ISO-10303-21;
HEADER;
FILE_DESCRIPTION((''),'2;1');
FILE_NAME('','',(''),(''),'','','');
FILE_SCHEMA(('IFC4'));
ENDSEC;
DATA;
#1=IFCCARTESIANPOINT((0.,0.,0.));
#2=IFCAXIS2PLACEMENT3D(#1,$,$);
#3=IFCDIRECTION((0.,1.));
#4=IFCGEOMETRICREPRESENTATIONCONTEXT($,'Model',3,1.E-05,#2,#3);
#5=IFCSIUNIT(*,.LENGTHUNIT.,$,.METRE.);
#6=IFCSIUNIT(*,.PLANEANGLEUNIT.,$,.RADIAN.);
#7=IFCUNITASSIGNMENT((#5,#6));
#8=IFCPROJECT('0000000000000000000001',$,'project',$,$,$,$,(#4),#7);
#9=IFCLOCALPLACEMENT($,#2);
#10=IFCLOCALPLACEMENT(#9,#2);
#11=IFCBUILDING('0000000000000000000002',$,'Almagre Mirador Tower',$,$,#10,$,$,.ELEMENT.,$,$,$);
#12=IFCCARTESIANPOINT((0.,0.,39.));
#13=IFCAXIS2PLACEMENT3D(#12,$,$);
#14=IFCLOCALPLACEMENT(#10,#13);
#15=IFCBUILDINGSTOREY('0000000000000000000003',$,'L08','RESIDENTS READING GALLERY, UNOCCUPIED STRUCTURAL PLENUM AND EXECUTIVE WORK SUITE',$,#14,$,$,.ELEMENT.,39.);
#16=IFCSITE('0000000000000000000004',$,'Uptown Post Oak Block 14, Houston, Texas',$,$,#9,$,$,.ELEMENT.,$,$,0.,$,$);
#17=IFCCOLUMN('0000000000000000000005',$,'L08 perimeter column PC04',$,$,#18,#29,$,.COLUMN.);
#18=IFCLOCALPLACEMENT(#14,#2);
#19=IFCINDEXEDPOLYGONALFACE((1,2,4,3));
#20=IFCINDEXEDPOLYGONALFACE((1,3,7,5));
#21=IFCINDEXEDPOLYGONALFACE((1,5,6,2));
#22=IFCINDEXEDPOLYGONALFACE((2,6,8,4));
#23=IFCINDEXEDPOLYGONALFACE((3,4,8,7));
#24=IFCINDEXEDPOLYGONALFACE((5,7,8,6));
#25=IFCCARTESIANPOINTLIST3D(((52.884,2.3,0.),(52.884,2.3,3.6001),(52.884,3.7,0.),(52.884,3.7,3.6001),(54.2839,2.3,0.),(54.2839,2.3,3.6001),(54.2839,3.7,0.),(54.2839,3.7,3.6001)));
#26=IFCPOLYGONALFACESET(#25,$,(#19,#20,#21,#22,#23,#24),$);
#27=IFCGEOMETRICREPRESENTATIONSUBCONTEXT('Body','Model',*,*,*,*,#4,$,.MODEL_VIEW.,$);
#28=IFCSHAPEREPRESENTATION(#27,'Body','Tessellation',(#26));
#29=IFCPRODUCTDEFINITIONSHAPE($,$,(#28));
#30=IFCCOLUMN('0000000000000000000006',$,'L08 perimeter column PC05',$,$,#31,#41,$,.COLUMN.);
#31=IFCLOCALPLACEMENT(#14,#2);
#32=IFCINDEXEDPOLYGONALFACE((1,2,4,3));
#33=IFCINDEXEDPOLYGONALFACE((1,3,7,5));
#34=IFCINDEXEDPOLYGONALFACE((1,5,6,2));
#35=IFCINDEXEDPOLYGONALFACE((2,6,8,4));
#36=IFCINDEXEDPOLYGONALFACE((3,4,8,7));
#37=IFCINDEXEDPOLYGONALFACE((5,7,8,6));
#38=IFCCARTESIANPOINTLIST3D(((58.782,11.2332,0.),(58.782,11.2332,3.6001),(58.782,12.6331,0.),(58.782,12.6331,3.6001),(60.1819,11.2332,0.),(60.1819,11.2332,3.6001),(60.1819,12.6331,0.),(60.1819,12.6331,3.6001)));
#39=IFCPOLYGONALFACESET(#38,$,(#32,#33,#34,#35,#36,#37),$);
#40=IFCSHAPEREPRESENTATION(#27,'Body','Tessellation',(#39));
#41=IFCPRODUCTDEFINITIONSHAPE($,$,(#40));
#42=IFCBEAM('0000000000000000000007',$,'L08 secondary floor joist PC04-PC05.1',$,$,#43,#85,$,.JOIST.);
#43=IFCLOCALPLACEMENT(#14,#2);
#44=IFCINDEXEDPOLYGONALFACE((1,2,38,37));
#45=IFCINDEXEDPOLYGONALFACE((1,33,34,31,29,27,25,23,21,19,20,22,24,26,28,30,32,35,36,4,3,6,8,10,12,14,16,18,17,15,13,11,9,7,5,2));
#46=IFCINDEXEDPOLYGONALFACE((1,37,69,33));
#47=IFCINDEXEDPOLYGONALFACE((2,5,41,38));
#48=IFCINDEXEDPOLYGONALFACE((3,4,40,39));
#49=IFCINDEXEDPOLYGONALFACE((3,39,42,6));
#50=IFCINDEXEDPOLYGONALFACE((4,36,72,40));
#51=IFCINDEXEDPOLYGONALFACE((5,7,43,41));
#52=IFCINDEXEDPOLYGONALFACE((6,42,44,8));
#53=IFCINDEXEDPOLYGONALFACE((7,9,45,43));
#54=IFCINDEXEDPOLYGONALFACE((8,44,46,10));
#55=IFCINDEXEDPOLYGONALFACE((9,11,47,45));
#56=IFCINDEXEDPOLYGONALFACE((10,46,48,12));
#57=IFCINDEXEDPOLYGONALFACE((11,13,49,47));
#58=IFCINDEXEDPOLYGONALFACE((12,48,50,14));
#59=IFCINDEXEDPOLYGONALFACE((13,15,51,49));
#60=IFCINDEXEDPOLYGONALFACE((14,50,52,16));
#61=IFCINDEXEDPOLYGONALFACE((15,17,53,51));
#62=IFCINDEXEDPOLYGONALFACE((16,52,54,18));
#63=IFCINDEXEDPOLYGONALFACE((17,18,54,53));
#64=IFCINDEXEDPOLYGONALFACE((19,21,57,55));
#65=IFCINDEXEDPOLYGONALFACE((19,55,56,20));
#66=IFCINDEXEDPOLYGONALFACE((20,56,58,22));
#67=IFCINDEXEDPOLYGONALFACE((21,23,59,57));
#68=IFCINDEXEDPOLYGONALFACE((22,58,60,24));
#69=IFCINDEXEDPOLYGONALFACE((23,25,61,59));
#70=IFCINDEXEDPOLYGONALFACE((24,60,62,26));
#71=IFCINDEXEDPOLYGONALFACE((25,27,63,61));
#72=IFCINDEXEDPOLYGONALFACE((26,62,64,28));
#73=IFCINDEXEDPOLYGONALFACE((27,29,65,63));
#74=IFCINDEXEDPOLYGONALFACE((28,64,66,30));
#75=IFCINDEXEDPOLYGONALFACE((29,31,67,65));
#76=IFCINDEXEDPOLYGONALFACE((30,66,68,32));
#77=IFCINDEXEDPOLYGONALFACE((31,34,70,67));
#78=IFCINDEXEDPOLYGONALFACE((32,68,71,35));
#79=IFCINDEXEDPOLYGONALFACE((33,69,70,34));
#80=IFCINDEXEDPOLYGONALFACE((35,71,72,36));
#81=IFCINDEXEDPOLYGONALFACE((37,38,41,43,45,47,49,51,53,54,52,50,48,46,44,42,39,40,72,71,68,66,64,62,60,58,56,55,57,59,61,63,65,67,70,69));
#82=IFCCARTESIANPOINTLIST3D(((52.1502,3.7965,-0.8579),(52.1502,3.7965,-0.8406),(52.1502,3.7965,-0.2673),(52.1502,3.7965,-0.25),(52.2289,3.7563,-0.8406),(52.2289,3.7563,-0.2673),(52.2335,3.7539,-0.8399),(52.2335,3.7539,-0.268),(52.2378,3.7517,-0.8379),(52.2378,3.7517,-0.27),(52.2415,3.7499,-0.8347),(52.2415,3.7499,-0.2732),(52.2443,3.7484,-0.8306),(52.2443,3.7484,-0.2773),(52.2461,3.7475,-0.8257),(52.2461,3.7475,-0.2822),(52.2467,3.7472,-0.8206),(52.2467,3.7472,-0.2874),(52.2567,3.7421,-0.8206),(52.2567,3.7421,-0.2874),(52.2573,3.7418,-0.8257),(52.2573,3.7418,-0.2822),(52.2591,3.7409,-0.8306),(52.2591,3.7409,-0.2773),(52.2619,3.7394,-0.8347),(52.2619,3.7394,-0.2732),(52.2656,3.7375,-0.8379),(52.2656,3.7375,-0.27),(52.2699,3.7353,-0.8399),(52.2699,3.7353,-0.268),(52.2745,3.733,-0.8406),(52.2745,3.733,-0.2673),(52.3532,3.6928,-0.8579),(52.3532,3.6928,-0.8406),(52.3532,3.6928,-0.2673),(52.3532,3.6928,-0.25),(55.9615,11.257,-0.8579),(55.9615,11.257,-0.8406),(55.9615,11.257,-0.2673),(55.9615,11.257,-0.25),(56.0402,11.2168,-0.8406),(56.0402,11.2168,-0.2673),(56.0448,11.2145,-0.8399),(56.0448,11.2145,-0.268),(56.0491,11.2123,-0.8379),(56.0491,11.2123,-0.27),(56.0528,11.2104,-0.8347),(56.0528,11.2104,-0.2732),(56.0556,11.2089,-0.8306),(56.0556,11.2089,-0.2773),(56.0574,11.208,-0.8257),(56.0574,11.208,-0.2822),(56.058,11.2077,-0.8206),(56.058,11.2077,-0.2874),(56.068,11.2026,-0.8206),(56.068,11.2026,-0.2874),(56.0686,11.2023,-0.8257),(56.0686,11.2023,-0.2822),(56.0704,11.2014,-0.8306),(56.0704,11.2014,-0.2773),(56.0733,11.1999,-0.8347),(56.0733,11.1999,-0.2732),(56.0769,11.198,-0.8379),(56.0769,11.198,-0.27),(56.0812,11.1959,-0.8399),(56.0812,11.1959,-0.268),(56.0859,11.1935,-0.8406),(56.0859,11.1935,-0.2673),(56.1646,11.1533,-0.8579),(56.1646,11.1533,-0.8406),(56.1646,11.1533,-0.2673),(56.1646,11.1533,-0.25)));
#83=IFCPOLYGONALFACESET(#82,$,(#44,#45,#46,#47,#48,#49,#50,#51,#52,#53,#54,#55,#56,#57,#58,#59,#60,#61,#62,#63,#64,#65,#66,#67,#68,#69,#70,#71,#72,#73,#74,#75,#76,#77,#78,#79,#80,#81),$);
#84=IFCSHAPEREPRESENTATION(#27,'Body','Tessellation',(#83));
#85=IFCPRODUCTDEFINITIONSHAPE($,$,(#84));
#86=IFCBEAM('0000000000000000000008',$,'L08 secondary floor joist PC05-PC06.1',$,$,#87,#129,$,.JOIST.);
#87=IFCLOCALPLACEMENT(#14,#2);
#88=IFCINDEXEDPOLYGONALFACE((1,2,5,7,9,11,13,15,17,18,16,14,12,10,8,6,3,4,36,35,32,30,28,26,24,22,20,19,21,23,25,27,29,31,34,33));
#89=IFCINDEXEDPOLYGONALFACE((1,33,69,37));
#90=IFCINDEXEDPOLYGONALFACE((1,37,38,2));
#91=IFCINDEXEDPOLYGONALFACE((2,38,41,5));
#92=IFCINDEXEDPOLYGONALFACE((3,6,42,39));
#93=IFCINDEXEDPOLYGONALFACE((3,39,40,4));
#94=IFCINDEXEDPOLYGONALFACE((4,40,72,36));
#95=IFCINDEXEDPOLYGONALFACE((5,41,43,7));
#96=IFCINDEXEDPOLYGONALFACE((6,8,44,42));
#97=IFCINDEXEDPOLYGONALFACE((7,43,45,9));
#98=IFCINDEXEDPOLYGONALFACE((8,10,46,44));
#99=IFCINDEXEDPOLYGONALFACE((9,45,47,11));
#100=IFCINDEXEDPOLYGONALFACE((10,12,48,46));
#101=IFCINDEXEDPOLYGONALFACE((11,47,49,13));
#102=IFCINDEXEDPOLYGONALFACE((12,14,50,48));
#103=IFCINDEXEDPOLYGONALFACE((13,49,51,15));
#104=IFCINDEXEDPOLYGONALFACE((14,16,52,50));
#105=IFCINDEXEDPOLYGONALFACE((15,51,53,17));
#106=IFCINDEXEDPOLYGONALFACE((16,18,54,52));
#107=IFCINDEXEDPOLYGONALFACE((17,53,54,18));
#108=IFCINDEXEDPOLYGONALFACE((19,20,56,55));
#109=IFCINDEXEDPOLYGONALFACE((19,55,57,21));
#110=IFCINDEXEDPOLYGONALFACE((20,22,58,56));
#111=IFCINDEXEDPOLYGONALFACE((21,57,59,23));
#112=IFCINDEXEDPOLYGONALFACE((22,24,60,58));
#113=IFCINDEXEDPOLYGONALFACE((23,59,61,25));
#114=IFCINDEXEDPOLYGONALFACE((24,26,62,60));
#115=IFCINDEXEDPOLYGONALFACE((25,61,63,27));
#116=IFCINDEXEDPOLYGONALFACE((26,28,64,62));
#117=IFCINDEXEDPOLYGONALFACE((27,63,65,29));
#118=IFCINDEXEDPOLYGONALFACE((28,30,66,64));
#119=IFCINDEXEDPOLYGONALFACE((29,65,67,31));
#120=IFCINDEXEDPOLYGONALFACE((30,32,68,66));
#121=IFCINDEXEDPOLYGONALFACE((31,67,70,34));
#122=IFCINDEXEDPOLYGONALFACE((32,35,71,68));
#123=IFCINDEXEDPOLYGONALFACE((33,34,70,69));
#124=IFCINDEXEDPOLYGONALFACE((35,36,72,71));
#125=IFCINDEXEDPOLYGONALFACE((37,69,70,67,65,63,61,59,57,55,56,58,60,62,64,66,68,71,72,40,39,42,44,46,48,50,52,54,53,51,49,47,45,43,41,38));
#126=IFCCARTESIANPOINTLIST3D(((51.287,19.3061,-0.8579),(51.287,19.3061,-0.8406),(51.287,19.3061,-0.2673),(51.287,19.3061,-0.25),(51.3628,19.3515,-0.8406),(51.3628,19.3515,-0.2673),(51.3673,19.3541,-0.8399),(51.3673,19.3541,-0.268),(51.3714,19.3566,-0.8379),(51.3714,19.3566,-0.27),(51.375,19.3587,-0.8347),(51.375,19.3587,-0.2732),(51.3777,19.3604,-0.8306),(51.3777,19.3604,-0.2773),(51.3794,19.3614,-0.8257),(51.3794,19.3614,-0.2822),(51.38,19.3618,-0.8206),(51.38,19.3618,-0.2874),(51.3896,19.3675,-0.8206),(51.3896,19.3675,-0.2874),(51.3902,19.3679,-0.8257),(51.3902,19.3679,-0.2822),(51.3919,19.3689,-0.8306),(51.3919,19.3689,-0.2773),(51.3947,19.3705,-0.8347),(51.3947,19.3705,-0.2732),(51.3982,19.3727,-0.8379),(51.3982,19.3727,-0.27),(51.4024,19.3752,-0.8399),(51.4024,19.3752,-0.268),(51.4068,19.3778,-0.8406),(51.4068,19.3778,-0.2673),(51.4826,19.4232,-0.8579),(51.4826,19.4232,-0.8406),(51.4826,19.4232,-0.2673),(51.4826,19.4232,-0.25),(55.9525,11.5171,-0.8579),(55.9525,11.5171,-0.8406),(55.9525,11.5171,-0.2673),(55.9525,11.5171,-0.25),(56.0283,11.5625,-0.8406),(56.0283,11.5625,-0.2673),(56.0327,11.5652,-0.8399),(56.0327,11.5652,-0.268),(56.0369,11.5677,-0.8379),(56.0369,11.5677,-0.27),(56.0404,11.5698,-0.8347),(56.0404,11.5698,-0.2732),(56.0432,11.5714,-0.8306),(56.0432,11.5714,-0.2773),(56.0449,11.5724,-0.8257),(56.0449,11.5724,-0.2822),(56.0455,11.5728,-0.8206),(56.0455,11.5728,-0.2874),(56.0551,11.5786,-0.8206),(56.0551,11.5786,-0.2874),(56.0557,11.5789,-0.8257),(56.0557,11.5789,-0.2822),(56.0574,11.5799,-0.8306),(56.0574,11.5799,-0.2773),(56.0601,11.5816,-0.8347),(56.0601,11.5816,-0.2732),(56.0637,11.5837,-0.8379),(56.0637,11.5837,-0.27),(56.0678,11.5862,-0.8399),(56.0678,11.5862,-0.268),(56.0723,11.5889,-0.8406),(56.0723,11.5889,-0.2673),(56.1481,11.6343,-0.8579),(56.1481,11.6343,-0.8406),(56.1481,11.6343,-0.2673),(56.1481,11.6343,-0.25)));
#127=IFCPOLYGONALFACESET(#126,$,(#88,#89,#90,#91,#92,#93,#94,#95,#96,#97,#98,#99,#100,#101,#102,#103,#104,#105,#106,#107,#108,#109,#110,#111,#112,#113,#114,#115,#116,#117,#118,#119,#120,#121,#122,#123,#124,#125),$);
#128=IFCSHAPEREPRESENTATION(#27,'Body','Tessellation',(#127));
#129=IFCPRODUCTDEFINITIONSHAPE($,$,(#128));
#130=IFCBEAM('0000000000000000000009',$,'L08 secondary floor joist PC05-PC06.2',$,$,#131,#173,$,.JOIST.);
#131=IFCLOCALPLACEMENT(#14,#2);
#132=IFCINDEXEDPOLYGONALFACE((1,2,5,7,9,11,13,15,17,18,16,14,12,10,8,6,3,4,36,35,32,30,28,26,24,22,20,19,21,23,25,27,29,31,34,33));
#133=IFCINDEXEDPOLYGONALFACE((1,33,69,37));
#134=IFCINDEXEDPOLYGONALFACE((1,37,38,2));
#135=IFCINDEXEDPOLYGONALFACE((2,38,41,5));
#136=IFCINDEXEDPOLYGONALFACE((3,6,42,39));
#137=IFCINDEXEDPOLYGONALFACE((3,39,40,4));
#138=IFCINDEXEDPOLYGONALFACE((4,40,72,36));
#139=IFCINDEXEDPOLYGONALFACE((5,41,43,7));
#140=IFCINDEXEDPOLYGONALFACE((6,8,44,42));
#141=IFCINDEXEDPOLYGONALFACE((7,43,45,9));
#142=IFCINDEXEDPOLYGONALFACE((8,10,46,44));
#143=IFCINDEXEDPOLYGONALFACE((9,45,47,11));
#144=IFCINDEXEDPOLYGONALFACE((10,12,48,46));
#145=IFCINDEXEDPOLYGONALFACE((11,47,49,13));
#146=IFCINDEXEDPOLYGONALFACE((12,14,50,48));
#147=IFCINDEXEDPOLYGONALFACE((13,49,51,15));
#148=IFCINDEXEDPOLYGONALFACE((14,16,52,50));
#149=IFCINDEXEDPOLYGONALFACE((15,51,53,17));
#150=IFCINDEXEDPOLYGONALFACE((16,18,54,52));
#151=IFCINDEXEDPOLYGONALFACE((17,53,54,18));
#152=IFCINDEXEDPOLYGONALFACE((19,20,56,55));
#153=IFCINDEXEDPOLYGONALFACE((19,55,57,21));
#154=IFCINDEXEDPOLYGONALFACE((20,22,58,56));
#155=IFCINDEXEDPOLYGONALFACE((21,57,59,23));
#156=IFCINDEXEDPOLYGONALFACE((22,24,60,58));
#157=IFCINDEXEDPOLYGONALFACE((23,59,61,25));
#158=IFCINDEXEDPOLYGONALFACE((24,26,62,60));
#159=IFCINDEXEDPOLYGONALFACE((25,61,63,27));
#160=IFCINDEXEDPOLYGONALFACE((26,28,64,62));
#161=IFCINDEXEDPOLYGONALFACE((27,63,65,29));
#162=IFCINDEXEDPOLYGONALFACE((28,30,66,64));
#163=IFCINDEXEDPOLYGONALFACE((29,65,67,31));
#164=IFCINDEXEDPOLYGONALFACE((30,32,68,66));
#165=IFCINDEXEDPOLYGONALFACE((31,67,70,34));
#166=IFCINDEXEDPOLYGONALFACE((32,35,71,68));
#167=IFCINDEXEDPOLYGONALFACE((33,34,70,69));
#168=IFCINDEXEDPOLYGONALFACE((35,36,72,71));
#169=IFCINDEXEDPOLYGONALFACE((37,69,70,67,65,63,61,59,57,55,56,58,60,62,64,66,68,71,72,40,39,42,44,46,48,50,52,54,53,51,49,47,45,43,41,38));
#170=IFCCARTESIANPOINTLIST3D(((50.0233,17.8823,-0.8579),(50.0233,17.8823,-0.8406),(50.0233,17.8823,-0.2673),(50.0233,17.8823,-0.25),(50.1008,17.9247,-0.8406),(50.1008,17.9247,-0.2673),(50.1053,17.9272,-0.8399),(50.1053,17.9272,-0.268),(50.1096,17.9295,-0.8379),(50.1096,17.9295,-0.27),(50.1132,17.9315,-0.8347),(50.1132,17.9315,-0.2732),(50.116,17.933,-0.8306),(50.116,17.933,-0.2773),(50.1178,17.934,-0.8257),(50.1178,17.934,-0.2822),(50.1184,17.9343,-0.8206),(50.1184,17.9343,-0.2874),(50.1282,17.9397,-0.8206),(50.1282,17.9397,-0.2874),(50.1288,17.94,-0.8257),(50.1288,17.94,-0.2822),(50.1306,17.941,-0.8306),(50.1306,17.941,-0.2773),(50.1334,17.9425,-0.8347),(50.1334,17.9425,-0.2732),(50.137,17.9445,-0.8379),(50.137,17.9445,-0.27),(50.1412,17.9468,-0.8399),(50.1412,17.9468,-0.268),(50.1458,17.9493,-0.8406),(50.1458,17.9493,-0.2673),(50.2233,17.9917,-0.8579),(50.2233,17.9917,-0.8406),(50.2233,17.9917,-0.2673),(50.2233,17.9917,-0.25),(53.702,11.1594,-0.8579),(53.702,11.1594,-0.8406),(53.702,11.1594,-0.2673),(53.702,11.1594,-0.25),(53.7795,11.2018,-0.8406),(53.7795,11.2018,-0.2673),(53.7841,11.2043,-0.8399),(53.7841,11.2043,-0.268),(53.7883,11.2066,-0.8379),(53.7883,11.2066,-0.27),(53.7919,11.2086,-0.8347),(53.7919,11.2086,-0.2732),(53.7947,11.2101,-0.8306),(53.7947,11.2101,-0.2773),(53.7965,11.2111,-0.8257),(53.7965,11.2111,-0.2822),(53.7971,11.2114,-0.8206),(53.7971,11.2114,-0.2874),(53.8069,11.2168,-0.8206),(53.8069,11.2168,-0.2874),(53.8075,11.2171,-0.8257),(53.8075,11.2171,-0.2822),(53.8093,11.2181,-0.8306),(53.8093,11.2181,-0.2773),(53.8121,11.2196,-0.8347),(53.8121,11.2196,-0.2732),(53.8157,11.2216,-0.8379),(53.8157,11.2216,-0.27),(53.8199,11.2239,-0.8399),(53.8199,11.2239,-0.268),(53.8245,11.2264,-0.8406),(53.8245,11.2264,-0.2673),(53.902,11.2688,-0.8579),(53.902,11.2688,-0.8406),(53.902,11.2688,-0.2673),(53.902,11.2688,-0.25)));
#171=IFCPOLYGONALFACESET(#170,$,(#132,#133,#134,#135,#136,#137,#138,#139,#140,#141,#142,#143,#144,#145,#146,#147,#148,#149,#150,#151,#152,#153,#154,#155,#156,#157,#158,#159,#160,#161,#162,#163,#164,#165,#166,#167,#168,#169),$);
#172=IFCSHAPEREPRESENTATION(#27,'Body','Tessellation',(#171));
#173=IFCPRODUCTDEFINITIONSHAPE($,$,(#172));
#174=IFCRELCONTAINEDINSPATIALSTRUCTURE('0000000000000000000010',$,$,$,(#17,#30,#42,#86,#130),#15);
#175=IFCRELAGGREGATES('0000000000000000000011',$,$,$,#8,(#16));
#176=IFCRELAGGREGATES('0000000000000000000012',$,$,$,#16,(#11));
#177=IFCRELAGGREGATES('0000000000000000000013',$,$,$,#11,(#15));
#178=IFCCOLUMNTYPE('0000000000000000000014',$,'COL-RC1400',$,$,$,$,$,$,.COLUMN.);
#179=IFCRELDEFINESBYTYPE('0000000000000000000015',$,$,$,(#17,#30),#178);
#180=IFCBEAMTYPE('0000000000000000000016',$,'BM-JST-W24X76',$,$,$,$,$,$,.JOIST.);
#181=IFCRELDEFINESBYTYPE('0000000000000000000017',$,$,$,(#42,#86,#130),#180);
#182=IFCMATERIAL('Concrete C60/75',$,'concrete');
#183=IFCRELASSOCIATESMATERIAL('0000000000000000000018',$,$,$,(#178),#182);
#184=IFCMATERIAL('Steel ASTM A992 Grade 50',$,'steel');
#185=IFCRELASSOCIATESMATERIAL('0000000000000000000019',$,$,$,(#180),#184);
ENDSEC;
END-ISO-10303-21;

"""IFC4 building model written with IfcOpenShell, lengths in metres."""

from ifc_helpers import new_model, si_unit, direction, frame, origin, origin_2d, place, context, subcontext, project, spatial, rectangle, i_section, extrude, material, material_profile, profile_set, type_object, element, save


model = new_model("IFC4")

# Units and contexts
model_context = context("Model", 3, precision=1e-05, world=origin(), true_north=direction((0.0, 1.0)))
body_context = subcontext(model_context, "Body", "Model", "MODEL_VIEW")
ifc_project = project(units=[si_unit("LENGTHUNIT", "METRE"), si_unit("PLANEANGLEUNIT", "RADIAN")], contexts=[model_context])

# Site, building, storey
site_placement = place(None, origin())
site = spatial("IfcSite", under=ifc_project, at=site_placement, Name="Uptown Post Oak Block 14, Houston, Texas", CompositionType="ELEMENT", RefElevation=0.0)
building_placement = place(site_placement, origin())
building = spatial("IfcBuilding", under=site, at=building_placement, Name="Almagre Mirador Tower", CompositionType="ELEMENT")
storey_placement = place(building_placement, frame((0.0, 0.0, 39.0)))
storey = spatial("IfcBuildingStorey", under=building, at=storey_placement, Name="L08", Description="RESIDENTS READING GALLERY, UNOCCUPIED STRUCTURAL PLENUM AND EXECUTIVE WORK SUITE", CompositionType="ELEMENT", Elevation=39.0)

# Columns
ifc_material_1 = material(Name="Concrete C60/75", Category="concrete")
ifc_material_profile_1 = material_profile(ifc_material_1, rectangle(XDim=1.3999, YDim=1.3999, at=origin_2d()), Name="RC1400X1400")
ifc_profile_set_1 = profile_set([ifc_material_profile_1], Name="Concrete C60/75")
column_type = type_object("IfcColumnType", Name="COL-RC1400", PredefinedType="COLUMN", material=ifc_profile_set_1)
for number, where, z_axis, x_axis, name in (
    (1, (53.584, 3.0, 0.0), (0.0, 0.0, 1.0), (1.0, 0.0, 0.0), "L08 perimeter column PC04"),
    (2, (59.4819, 11.9331, 0.0), (0.0, 0.0, 1.0), (1.0, 0.0, 0.0), "L08 perimeter column PC05"),
):
    element("IfcColumn", number, at=place(storey_placement, frame(where, z_axis=z_axis, x_axis=x_axis)), inside=storey, type_object=column_type, Name=name, PredefinedType="COLUMN", context=body_context, shape_type="SweptSolid", body=[
        extrude(rectangle(XDim=1.3999, YDim=1.3999, at=origin_2d()), origin(), (0.0, 0.0, 1.0), 3.6001),
    ])

# Beams
ifc_material_2 = material(Name="Steel ASTM A992 Grade 50", Category="steel")
ifc_material_profile_2 = material_profile(ifc_material_2, i_section(OverallWidth=0.228, OverallDepth=0.6079, WebThickness=0.0112, FlangeThickness=0.0173, FilletRadius=0.02, at=origin_2d()), Name="W24X76")
ifc_profile_set_2 = profile_set([ifc_material_profile_2], Name="Steel ASTM A992 Grade 50")
beam_type_1 = type_object("IfcBeamType", Name="BM-JST-W24X76", PredefinedType="JOIST", material=ifc_profile_set_2)
beam_1_placement = place(storey_placement, frame((52.2517, 3.7446, -0.554), z_axis=(0.454937, 0.890524, 0.0), x_axis=(-0.890524, 0.454937, 0.0)))
element("IfcBeam", 3, at=beam_1_placement, inside=storey, type_object=beam_type_1, Name="L08 secondary floor joist PC04-PC05.1", PredefinedType="JOIST", context=body_context, shape_type="SweptSolid", body=[
    extrude(i_section(OverallWidth=0.228, OverallDepth=0.6079, WebThickness=0.0112, FlangeThickness=0.0173, FilletRadius=0.02, at=origin_2d()), origin(), (0.0, 0.0, 1.0), 8.3777),
])
beam_2_placement = place(storey_placement, frame((56.0503, 11.5757, -0.554), z_axis=(-0.513855, 0.857877, 0.0), x_axis=(-0.857877, -0.513855, 0.0)))
element("IfcBeam", 4, at=beam_2_placement, inside=storey, type_object=beam_type_1, Name="L08 secondary floor joist PC05-PC06.1", PredefinedType="JOIST", context=body_context, shape_type="SweptSolid", body=[
    extrude(i_section(OverallWidth=0.228, OverallDepth=0.6079, WebThickness=0.0112, FlangeThickness=0.0173, FilletRadius=0.02, at=origin_2d()), origin(), (0.0, 0.0, 1.0), 9.0793),
])
beam_3_placement = place(storey_placement, frame((53.802, 11.2141, -0.554), z_axis=(-0.480026, 0.877254, 0.0), x_axis=(-0.877254, -0.480026, 0.0)))
element("IfcBeam", 5, at=beam_3_placement, inside=storey, type_object=beam_type_1, Name="L08 secondary floor joist PC05-PC06.2", PredefinedType="JOIST", context=body_context, shape_type="SweptSolid", body=[
    extrude(i_section(OverallWidth=0.228, OverallDepth=0.6079, WebThickness=0.0112, FlangeThickness=0.0173, FilletRadius=0.02, at=origin_2d()), origin(), (0.0, 0.0, 1.0), 7.6636),
])

save(model, "model.ifc")
